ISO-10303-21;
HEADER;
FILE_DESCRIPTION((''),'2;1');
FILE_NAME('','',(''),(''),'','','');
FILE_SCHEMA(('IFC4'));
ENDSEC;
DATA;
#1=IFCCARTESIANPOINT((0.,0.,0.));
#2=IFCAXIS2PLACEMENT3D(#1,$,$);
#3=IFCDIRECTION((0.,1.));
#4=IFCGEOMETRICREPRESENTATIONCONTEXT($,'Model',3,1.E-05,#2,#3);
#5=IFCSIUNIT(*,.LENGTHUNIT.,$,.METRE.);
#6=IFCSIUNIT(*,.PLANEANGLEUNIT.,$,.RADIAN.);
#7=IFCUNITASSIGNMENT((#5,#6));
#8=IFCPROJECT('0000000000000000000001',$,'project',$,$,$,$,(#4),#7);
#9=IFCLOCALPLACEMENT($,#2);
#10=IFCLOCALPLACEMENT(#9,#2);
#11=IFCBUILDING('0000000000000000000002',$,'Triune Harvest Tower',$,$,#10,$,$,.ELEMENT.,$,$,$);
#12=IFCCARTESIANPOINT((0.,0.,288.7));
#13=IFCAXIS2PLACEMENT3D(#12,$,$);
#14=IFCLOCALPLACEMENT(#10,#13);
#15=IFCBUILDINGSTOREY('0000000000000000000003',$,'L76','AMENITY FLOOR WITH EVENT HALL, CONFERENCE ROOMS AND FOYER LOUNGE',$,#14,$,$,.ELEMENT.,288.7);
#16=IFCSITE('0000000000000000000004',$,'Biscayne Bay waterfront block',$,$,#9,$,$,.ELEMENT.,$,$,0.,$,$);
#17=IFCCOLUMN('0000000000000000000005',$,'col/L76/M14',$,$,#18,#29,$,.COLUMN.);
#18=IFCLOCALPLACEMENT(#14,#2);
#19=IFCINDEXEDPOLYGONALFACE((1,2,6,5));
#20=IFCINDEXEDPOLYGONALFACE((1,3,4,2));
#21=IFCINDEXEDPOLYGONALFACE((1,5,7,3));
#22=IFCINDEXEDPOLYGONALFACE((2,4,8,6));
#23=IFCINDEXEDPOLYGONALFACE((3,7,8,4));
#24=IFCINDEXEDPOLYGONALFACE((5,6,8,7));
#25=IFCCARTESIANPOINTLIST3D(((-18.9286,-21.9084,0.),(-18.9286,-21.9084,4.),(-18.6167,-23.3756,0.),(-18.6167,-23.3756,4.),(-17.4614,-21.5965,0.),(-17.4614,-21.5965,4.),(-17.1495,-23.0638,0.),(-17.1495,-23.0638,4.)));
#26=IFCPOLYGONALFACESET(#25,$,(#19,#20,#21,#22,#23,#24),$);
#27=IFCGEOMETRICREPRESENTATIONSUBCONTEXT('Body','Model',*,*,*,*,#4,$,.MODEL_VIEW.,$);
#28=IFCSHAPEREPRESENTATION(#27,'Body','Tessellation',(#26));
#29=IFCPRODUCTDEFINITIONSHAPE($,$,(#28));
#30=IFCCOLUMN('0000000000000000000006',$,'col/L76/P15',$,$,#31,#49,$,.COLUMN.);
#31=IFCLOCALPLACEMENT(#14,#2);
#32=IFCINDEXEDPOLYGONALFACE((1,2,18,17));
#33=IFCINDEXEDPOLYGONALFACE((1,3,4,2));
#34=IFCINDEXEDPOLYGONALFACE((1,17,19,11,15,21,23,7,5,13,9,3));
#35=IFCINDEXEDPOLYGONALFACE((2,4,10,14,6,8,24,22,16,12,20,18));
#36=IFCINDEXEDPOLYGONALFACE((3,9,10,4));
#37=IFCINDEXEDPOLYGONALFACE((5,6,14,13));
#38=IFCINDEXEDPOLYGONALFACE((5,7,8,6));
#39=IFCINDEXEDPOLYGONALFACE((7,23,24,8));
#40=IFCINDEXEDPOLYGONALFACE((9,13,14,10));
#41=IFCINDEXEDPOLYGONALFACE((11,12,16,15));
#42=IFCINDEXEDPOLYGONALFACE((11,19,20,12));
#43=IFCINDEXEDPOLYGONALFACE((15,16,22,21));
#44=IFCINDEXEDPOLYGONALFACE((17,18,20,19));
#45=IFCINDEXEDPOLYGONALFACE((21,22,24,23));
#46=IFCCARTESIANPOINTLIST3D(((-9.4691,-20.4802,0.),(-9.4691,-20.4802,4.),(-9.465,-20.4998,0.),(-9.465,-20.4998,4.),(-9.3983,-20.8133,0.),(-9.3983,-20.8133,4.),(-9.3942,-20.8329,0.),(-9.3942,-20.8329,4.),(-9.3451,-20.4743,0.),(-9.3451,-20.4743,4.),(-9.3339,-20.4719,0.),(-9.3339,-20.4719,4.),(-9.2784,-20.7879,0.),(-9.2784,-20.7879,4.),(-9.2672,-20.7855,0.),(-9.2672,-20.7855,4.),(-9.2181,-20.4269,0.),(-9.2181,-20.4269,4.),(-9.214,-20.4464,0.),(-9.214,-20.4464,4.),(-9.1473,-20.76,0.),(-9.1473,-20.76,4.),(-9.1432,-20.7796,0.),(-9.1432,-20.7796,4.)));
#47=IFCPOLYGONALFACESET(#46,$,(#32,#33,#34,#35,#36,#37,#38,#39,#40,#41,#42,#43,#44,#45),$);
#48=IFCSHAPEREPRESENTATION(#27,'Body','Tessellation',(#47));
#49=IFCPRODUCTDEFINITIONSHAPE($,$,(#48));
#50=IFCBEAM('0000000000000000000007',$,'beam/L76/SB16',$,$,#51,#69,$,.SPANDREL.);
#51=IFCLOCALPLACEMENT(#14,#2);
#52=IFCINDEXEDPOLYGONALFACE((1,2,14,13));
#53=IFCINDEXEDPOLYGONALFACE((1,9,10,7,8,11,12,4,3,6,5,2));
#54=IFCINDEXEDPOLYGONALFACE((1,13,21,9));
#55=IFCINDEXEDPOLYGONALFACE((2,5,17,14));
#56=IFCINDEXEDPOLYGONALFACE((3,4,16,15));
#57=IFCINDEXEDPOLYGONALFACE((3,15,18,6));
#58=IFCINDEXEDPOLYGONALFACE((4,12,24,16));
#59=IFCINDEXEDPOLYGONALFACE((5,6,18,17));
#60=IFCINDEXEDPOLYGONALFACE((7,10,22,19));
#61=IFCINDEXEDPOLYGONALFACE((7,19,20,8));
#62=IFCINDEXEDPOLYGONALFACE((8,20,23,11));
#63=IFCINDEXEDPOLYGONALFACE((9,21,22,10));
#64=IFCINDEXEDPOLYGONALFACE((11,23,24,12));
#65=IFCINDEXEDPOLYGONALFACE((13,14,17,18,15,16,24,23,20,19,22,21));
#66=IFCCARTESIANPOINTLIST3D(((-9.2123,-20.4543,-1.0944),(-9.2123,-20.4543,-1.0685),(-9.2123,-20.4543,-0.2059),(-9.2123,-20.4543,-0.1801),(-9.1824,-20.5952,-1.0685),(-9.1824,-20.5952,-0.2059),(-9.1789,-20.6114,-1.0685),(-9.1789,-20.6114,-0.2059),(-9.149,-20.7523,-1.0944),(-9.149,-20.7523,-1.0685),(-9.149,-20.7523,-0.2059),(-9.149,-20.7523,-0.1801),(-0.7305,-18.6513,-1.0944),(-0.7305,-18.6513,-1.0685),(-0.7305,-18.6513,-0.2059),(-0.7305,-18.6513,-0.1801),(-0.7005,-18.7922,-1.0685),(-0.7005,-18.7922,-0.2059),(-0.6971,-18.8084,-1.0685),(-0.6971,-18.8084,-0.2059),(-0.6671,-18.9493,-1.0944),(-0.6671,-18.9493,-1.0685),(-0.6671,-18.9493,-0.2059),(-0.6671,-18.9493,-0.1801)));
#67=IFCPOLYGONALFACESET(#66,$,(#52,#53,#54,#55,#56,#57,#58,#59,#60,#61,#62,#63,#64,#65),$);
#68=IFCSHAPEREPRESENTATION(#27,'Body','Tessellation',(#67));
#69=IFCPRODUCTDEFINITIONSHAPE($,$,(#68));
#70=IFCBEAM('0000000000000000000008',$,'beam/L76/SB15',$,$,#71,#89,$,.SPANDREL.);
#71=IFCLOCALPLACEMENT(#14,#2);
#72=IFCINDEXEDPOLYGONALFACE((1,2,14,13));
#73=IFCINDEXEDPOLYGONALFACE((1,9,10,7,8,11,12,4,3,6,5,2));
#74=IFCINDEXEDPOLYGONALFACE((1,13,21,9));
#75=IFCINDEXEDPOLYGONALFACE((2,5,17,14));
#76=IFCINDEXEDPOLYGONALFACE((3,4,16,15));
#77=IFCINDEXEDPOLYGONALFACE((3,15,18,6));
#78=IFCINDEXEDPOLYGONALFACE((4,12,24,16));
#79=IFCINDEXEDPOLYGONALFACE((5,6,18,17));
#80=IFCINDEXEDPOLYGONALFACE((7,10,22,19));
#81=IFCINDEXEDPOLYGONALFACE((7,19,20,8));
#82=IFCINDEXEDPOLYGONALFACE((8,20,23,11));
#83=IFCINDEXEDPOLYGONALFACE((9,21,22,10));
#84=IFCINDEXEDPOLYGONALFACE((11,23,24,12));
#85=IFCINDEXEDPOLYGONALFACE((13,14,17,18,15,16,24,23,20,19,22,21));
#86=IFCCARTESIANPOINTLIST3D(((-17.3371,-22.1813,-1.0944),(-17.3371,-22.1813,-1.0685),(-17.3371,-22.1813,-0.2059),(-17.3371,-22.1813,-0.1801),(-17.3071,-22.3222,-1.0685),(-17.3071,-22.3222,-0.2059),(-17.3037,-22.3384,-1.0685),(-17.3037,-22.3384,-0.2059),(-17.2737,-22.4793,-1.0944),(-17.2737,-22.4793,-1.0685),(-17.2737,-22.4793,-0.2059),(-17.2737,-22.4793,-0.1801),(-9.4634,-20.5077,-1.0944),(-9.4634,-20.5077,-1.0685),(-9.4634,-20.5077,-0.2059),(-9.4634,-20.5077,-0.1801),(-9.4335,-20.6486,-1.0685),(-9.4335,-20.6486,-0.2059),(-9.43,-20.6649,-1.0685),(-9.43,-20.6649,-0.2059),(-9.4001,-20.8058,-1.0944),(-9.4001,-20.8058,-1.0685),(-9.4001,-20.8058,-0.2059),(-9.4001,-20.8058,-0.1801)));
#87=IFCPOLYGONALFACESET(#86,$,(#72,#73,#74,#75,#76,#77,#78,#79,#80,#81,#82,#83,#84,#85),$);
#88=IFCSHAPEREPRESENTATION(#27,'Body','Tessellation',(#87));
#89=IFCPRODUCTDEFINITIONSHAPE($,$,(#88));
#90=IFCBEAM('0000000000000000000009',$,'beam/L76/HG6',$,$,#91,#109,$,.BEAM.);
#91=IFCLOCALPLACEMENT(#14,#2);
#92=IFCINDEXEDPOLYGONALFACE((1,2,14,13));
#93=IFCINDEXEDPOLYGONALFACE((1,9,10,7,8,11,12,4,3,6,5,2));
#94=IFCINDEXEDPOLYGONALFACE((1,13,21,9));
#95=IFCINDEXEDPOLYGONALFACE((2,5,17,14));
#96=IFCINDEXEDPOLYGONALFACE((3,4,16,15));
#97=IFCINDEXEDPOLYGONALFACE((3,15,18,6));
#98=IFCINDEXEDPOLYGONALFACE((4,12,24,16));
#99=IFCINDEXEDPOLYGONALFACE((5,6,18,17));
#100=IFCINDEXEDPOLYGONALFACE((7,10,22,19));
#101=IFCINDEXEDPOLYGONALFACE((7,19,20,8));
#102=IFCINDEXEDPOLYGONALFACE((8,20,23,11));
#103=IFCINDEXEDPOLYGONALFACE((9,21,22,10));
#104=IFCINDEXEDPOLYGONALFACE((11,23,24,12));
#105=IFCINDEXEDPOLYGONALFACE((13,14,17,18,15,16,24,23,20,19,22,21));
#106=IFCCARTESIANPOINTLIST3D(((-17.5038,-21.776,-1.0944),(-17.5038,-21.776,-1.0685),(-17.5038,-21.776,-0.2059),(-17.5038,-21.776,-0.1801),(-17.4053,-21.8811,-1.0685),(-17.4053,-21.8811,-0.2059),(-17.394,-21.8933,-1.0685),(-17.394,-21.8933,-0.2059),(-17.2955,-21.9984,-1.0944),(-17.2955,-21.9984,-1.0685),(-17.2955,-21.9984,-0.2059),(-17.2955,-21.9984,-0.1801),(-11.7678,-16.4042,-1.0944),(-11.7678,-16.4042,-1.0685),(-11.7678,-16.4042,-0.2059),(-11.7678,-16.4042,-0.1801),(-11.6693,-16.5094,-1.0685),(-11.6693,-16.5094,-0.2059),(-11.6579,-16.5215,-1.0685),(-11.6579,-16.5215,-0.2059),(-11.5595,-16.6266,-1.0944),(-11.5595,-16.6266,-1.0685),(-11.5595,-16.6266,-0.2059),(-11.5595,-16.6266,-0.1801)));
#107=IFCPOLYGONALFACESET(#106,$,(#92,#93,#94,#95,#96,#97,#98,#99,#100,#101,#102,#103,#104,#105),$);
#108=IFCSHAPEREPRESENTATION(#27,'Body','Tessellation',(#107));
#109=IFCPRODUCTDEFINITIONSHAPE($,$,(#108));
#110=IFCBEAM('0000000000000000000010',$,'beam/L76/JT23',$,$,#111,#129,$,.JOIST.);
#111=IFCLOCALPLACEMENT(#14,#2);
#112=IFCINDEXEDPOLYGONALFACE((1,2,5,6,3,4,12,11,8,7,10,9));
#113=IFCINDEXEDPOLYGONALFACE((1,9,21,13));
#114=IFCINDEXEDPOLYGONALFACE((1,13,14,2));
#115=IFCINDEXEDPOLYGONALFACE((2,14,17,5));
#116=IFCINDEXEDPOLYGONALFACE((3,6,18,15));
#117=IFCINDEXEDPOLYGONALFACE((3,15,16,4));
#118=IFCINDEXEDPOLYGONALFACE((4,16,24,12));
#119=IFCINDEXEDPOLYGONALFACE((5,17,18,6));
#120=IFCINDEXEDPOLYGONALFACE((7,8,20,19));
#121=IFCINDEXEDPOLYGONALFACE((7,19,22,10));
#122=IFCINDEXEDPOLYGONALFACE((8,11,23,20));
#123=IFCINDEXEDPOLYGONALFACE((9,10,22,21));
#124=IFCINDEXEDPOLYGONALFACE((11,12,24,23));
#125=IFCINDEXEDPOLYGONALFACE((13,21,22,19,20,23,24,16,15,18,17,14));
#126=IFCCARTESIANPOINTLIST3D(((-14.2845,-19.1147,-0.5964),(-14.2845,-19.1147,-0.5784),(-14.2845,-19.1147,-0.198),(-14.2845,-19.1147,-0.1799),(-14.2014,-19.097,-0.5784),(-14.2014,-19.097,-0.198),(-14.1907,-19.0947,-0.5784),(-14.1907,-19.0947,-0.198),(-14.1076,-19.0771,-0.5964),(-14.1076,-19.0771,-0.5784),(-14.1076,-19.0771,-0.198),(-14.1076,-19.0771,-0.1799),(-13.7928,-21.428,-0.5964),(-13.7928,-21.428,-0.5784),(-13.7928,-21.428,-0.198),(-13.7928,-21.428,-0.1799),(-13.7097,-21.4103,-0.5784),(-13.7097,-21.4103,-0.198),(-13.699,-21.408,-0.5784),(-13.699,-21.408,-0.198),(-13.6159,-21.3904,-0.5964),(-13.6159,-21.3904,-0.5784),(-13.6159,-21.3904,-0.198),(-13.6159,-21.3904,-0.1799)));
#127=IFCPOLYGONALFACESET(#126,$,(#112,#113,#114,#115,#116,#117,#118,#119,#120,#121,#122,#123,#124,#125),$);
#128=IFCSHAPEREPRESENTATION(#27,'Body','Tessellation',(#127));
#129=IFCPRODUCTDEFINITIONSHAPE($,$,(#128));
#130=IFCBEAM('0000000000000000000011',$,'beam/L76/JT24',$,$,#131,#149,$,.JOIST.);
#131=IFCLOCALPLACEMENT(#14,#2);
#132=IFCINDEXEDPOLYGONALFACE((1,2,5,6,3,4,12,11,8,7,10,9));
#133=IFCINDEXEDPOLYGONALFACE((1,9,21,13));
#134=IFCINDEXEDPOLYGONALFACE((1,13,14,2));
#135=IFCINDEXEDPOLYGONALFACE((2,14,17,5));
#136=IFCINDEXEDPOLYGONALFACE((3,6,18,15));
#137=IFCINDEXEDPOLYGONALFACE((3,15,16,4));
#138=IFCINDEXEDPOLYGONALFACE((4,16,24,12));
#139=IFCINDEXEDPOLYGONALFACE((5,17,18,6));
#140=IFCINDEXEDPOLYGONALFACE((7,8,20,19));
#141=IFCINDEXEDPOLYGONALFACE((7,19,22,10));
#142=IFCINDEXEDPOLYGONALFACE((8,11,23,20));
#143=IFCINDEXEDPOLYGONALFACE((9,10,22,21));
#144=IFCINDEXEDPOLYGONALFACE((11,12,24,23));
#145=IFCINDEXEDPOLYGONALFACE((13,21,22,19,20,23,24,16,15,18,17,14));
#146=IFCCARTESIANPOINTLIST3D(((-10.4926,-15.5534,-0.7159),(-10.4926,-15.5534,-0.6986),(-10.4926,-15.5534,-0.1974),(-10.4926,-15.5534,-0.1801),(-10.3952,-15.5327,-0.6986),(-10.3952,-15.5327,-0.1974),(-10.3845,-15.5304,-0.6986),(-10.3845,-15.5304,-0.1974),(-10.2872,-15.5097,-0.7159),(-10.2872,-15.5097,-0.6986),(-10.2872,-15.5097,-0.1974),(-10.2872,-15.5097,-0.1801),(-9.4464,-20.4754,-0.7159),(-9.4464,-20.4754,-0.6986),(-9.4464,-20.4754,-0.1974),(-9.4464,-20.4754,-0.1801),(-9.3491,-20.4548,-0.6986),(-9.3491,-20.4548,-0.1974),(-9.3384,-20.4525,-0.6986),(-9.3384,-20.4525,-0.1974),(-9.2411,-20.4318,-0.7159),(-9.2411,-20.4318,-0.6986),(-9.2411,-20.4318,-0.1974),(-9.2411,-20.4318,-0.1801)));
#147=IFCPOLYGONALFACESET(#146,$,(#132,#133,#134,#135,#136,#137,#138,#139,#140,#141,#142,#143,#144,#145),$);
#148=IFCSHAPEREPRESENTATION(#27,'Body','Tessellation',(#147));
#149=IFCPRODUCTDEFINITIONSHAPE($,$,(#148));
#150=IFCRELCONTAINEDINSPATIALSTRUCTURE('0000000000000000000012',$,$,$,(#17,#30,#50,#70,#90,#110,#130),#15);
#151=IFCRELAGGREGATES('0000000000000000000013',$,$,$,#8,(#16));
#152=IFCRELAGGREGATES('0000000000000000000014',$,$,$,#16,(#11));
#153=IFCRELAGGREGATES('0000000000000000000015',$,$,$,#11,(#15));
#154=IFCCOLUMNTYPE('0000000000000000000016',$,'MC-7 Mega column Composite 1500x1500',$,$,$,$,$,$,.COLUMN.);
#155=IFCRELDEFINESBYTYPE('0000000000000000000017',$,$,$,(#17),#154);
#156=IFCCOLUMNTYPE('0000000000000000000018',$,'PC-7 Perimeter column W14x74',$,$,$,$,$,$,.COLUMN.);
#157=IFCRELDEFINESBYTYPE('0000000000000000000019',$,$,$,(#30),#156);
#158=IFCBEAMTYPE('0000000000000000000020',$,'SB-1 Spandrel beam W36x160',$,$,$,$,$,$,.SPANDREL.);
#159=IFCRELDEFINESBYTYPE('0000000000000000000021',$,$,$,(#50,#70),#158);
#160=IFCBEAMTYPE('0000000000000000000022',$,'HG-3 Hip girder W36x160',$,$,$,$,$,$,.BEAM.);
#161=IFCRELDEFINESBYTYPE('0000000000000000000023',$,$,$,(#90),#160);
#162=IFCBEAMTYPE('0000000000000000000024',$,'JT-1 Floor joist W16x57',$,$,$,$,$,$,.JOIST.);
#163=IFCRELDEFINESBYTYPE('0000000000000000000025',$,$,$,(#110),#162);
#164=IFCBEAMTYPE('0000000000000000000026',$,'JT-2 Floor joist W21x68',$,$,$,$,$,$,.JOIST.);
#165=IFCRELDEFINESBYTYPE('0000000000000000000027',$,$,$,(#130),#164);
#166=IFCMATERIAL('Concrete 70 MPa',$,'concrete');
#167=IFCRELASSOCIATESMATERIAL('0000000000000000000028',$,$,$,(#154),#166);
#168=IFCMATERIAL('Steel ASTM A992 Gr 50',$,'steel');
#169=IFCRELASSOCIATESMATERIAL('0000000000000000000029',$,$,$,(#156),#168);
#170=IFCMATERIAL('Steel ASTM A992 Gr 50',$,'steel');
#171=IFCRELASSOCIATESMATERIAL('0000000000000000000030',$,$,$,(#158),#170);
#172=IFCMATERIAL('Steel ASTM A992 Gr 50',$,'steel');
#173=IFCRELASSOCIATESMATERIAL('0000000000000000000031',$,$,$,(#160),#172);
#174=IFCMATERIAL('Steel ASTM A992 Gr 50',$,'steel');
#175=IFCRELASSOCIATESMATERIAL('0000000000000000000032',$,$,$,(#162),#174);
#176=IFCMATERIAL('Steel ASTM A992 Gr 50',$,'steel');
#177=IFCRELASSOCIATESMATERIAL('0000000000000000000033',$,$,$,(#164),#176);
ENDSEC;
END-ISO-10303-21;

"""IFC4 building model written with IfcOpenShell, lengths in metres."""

from ifc_helpers import new_model, si_unit, direction, frame, origin, origin_2d, place, context, subcontext, project, spatial, rectangle, i_section, extrude, source, transform, mapped, material, material_profile, profile_set, type_object, element, save


model = new_model("IFC4")

# Units and contexts
model_context = context("Model", 3, precision=1e-05, world=origin(), true_north=direction((0.0, 1.0)))
body_context = subcontext(model_context, "Body", "Model", "MODEL_VIEW")
ifc_project = project(units=[si_unit("LENGTHUNIT", "METRE"), si_unit("PLANEANGLEUNIT", "RADIAN")], contexts=[model_context])

# Site, building, storey
site_placement = place(None, origin())
site = spatial("IfcSite", under=ifc_project, at=site_placement, Name="Biscayne Bay waterfront block", CompositionType="ELEMENT", RefElevation=0.0)
building_placement = place(site_placement, origin())
building = spatial("IfcBuilding", under=site, at=building_placement, Name="Triune Harvest Tower", CompositionType="ELEMENT")
storey_placement = place(building_placement, frame((0.0, 0.0, 288.7)))
storey = spatial("IfcBuildingStorey", under=building, at=storey_placement, Name="L76", Description="AMENITY FLOOR WITH EVENT HALL, CONFERENCE ROOMS AND FOYER LOUNGE", CompositionType="ELEMENT", Elevation=288.7)

# Columns
ifc_material_1 = material(Name="Concrete 70 MPa", Category="concrete")
ifc_material_profile_1 = material_profile(ifc_material_1, rectangle(XDim=1.5, YDim=1.5, at=origin_2d()), Name="Composite 1500x1500")
ifc_profile_set_1 = profile_set([ifc_material_profile_1], Name="Concrete 70 MPa")
column_type_1 = type_object("IfcColumnType", Name="MC-7 Mega column Composite 1500x1500", PredefinedType="COLUMN", material=ifc_profile_set_1)
shared_shape_1 = source(origin(), body_context, "Body", "SweptSolid", [
    extrude(rectangle(XDim=1.5, YDim=1.5, at=origin_2d()), origin(), (0.0, 0.0, 1.0), 4.0),
])
column_1_placement = place(storey_placement, frame((-18.0391, -22.4861, 0.0), z_axis=(0.0, 0.0, 1.0), x_axis=(0.978147, 0.207913, 0.0)))
element("IfcColumn", 1, at=column_1_placement, inside=storey, type_object=column_type_1, Name="col/L76/M14", PredefinedType="COLUMN", context=body_context, shape_type="MappedRepresentation", body=[
    mapped(shared_shape_1, transform((0.0, 0.0, 0.0), scale=1.0)),
])
ifc_material_2 = material(Name="Steel ASTM A992 Gr 50", Category="steel")
ifc_material_profile_2 = material_profile(ifc_material_2, i_section(OverallWidth=0.2566, OverallDepth=0.3606, WebThickness=0.0115, FlangeThickness=0.02, at=origin_2d()), Name="W14x74")
ifc_profile_set_2 = profile_set([ifc_material_profile_2], Name="Steel ASTM A992 Gr 50")
column_type_2 = type_object("IfcColumnType", Name="PC-7 Perimeter column W14x74", PredefinedType="COLUMN", material=ifc_profile_set_2)
shared_shape_2 = source(origin(), body_context, "Body", "SweptSolid", [
    extrude(i_section(OverallWidth=0.2566, OverallDepth=0.3606, WebThickness=0.0115, FlangeThickness=0.02, at=origin_2d()), origin(), (0.0, 0.0, 1.0), 4.0),
])
column_2_placement = place(storey_placement, frame((-9.3062, -20.6299, 0.0), z_axis=(0.0, 0.0, 1.0), x_axis=(0.978147, 0.207913, 0.0)))
element("IfcColumn", 2, at=column_2_placement, inside=storey, type_object=column_type_2, Name="col/L76/P15", PredefinedType="COLUMN", context=body_context, shape_type="MappedRepresentation", body=[
    mapped(shared_shape_2, transform((0.0, 0.0, 0.0), scale=1.0)),
])

# Beams
ifc_material_3 = material(Name="Steel ASTM A992 Gr 50", Category="steel")
ifc_material_profile_3 = material_profile(ifc_material_3, i_section(OverallWidth=0.3047, OverallDepth=0.9143, WebThickness=0.0166, FlangeThickness=0.0259, at=origin_2d()), Name="W36x160")
ifc_profile_set_3 = profile_set([ifc_material_profile_3], Name="Steel ASTM A992 Gr 50")
beam_type_1 = type_object("IfcBeamType", Name="SB-1 Spandrel beam W36x160", PredefinedType="SPANDREL", material=ifc_profile_set_3)
shared_shape_3 = source(origin(), body_context, "Body", "SweptSolid", [
    extrude(i_section(OverallWidth=0.3047, OverallDepth=0.9143, WebThickness=0.0166, FlangeThickness=0.0259, at=origin_2d()), origin(), (0.0, 0.0, 1.0), 8.6714),
])
beam_1_placement = place(storey_placement, frame((-9.1807, -20.6033, -0.6372), z_axis=(0.978146, 0.207921, 0.0), x_axis=(-0.207921, 0.978146, 0.0)))
element("IfcBeam", 3, at=beam_1_placement, inside=storey, type_object=beam_type_1, Name="beam/L76/SB16", PredefinedType="SPANDREL", context=body_context, shape_type="MappedRepresentation", body=[
    mapped(shared_shape_3, transform((0.0, 0.0, 0.0), scale=1.0)),
])
shared_shape_4 = source(origin(), body_context, "Body", "SweptSolid", [
    extrude(i_section(OverallWidth=0.3047, OverallDepth=0.9143, WebThickness=0.0166, FlangeThickness=0.0259, at=origin_2d()), origin(), (0.0, 0.0, 1.0), 8.0496),
])
beam_2_placement = place(storey_placement, frame((-17.3054, -22.3303, -0.6372), z_axis=(0.978149, 0.207907, 0.0), x_axis=(-0.207907, 0.978149, 0.0)))
element("IfcBeam", 4, at=beam_2_placement, inside=storey, type_object=beam_type_1, Name="beam/L76/SB15", PredefinedType="SPANDREL", context=body_context, shape_type="MappedRepresentation", body=[
    mapped(shared_shape_4, transform((0.0, 0.0, 0.0), scale=1.0)),
])
ifc_material_4 = material(Name="Steel ASTM A992 Gr 50", Category="steel")
ifc_material_profile_4 = material_profile(ifc_material_4, i_section(OverallWidth=0.3047, OverallDepth=0.9143, WebThickness=0.0166, FlangeThickness=0.0259, at=origin_2d()), Name="W36x160")
ifc_profile_set_4 = profile_set([ifc_material_profile_4], Name="Steel ASTM A992 Gr 50")
beam_type_2 = type_object("IfcBeamType", Name="HG-3 Hip girder W36x160", PredefinedType="BEAM", material=ifc_profile_set_4)
shared_shape_5 = source(origin(), body_context, "Body", "SweptSolid", [
    extrude(i_section(OverallWidth=0.3047, OverallDepth=0.9143, WebThickness=0.0166, FlangeThickness=0.0259, at=origin_2d()), origin(), (0.0, 0.0, 1.0), 7.8586),
])
beam_3_placement = place(storey_placement, frame((-17.3997, -21.8872, -0.6372), z_axis=(0.729902, 0.683551, 0.0), x_axis=(-0.683551, 0.729902, 0.0)))
element("IfcBeam", 5, at=beam_3_placement, inside=storey, type_object=beam_type_2, Name="beam/L76/HG6", PredefinedType="BEAM", context=body_context, shape_type="MappedRepresentation", body=[
    mapped(shared_shape_5, transform((0.0, 0.0, 0.0), scale=1.0)),
])
ifc_material_5 = material(Name="Steel ASTM A992 Gr 50", Category="steel")
ifc_material_profile_5 = material_profile(ifc_material_5, i_section(OverallWidth=0.1809, OverallDepth=0.4165, WebThickness=0.011, FlangeThickness=0.0181, at=origin_2d()), Name="W16x57")
ifc_profile_set_5 = profile_set([ifc_material_profile_5], Name="Steel ASTM A992 Gr 50")
beam_type_3 = type_object("IfcBeamType", Name="JT-1 Floor joist W16x57", PredefinedType="JOIST", material=ifc_profile_set_5)
shared_shape_6 = source(origin(), body_context, "Body", "SweptSolid", [
    extrude(i_section(OverallWidth=0.1809, OverallDepth=0.4165, WebThickness=0.011, FlangeThickness=0.0181, at=origin_2d()), origin(), (0.0, 0.0, 1.0), 2.365),
])
beam_4_placement = place(storey_placement, frame((-13.7043, -21.4092, -0.3882), z_axis=(-0.207914, 0.978147, 0.0), x_axis=(-0.978147, -0.207914, 0.0)))
element("IfcBeam", 6, at=beam_4_placement, inside=storey, type_object=beam_type_3, Name="beam/L76/JT23", PredefinedType="JOIST", context=body_context, shape_type="MappedRepresentation", body=[
    mapped(shared_shape_6, transform((0.0, 0.0, 0.0), scale=1.0)),
])
ifc_material_6 = material(Name="Steel ASTM A992 Gr 50", Category="steel")
ifc_material_profile_6 = material_profile(ifc_material_6, i_section(OverallWidth=0.21, OverallDepth=0.5359, WebThickness=0.011, FlangeThickness=0.0173, at=origin_2d()), Name="W21x68")
ifc_profile_set_6 = profile_set([ifc_material_profile_6], Name="Steel ASTM A992 Gr 50")
beam_type_4 = type_object("IfcBeamType", Name="JT-2 Floor joist W21x68", PredefinedType="JOIST", material=ifc_profile_set_6)
shared_shape_7 = source(origin(), body_context, "Body", "SweptSolid", [
    extrude(i_section(OverallWidth=0.21, OverallDepth=0.5359, WebThickness=0.011, FlangeThickness=0.0173, at=origin_2d()), origin(), (0.0, 0.0, 1.0), 5.032),
])
beam_5_placement = place(storey_placement, frame((-9.3438, -20.4536, -0.448), z_axis=(-0.207895, 0.978151, 0.0), x_axis=(-0.978151, -0.207895, 0.0)))
element("IfcBeam", 7, at=beam_5_placement, inside=storey, type_object=beam_type_4, Name="beam/L76/JT24", PredefinedType="JOIST", context=body_context, shape_type="MappedRepresentation", body=[
    mapped(shared_shape_7, transform((0.0, 0.0, 0.0), scale=1.0)),
])

save(model, "model.ifc")
